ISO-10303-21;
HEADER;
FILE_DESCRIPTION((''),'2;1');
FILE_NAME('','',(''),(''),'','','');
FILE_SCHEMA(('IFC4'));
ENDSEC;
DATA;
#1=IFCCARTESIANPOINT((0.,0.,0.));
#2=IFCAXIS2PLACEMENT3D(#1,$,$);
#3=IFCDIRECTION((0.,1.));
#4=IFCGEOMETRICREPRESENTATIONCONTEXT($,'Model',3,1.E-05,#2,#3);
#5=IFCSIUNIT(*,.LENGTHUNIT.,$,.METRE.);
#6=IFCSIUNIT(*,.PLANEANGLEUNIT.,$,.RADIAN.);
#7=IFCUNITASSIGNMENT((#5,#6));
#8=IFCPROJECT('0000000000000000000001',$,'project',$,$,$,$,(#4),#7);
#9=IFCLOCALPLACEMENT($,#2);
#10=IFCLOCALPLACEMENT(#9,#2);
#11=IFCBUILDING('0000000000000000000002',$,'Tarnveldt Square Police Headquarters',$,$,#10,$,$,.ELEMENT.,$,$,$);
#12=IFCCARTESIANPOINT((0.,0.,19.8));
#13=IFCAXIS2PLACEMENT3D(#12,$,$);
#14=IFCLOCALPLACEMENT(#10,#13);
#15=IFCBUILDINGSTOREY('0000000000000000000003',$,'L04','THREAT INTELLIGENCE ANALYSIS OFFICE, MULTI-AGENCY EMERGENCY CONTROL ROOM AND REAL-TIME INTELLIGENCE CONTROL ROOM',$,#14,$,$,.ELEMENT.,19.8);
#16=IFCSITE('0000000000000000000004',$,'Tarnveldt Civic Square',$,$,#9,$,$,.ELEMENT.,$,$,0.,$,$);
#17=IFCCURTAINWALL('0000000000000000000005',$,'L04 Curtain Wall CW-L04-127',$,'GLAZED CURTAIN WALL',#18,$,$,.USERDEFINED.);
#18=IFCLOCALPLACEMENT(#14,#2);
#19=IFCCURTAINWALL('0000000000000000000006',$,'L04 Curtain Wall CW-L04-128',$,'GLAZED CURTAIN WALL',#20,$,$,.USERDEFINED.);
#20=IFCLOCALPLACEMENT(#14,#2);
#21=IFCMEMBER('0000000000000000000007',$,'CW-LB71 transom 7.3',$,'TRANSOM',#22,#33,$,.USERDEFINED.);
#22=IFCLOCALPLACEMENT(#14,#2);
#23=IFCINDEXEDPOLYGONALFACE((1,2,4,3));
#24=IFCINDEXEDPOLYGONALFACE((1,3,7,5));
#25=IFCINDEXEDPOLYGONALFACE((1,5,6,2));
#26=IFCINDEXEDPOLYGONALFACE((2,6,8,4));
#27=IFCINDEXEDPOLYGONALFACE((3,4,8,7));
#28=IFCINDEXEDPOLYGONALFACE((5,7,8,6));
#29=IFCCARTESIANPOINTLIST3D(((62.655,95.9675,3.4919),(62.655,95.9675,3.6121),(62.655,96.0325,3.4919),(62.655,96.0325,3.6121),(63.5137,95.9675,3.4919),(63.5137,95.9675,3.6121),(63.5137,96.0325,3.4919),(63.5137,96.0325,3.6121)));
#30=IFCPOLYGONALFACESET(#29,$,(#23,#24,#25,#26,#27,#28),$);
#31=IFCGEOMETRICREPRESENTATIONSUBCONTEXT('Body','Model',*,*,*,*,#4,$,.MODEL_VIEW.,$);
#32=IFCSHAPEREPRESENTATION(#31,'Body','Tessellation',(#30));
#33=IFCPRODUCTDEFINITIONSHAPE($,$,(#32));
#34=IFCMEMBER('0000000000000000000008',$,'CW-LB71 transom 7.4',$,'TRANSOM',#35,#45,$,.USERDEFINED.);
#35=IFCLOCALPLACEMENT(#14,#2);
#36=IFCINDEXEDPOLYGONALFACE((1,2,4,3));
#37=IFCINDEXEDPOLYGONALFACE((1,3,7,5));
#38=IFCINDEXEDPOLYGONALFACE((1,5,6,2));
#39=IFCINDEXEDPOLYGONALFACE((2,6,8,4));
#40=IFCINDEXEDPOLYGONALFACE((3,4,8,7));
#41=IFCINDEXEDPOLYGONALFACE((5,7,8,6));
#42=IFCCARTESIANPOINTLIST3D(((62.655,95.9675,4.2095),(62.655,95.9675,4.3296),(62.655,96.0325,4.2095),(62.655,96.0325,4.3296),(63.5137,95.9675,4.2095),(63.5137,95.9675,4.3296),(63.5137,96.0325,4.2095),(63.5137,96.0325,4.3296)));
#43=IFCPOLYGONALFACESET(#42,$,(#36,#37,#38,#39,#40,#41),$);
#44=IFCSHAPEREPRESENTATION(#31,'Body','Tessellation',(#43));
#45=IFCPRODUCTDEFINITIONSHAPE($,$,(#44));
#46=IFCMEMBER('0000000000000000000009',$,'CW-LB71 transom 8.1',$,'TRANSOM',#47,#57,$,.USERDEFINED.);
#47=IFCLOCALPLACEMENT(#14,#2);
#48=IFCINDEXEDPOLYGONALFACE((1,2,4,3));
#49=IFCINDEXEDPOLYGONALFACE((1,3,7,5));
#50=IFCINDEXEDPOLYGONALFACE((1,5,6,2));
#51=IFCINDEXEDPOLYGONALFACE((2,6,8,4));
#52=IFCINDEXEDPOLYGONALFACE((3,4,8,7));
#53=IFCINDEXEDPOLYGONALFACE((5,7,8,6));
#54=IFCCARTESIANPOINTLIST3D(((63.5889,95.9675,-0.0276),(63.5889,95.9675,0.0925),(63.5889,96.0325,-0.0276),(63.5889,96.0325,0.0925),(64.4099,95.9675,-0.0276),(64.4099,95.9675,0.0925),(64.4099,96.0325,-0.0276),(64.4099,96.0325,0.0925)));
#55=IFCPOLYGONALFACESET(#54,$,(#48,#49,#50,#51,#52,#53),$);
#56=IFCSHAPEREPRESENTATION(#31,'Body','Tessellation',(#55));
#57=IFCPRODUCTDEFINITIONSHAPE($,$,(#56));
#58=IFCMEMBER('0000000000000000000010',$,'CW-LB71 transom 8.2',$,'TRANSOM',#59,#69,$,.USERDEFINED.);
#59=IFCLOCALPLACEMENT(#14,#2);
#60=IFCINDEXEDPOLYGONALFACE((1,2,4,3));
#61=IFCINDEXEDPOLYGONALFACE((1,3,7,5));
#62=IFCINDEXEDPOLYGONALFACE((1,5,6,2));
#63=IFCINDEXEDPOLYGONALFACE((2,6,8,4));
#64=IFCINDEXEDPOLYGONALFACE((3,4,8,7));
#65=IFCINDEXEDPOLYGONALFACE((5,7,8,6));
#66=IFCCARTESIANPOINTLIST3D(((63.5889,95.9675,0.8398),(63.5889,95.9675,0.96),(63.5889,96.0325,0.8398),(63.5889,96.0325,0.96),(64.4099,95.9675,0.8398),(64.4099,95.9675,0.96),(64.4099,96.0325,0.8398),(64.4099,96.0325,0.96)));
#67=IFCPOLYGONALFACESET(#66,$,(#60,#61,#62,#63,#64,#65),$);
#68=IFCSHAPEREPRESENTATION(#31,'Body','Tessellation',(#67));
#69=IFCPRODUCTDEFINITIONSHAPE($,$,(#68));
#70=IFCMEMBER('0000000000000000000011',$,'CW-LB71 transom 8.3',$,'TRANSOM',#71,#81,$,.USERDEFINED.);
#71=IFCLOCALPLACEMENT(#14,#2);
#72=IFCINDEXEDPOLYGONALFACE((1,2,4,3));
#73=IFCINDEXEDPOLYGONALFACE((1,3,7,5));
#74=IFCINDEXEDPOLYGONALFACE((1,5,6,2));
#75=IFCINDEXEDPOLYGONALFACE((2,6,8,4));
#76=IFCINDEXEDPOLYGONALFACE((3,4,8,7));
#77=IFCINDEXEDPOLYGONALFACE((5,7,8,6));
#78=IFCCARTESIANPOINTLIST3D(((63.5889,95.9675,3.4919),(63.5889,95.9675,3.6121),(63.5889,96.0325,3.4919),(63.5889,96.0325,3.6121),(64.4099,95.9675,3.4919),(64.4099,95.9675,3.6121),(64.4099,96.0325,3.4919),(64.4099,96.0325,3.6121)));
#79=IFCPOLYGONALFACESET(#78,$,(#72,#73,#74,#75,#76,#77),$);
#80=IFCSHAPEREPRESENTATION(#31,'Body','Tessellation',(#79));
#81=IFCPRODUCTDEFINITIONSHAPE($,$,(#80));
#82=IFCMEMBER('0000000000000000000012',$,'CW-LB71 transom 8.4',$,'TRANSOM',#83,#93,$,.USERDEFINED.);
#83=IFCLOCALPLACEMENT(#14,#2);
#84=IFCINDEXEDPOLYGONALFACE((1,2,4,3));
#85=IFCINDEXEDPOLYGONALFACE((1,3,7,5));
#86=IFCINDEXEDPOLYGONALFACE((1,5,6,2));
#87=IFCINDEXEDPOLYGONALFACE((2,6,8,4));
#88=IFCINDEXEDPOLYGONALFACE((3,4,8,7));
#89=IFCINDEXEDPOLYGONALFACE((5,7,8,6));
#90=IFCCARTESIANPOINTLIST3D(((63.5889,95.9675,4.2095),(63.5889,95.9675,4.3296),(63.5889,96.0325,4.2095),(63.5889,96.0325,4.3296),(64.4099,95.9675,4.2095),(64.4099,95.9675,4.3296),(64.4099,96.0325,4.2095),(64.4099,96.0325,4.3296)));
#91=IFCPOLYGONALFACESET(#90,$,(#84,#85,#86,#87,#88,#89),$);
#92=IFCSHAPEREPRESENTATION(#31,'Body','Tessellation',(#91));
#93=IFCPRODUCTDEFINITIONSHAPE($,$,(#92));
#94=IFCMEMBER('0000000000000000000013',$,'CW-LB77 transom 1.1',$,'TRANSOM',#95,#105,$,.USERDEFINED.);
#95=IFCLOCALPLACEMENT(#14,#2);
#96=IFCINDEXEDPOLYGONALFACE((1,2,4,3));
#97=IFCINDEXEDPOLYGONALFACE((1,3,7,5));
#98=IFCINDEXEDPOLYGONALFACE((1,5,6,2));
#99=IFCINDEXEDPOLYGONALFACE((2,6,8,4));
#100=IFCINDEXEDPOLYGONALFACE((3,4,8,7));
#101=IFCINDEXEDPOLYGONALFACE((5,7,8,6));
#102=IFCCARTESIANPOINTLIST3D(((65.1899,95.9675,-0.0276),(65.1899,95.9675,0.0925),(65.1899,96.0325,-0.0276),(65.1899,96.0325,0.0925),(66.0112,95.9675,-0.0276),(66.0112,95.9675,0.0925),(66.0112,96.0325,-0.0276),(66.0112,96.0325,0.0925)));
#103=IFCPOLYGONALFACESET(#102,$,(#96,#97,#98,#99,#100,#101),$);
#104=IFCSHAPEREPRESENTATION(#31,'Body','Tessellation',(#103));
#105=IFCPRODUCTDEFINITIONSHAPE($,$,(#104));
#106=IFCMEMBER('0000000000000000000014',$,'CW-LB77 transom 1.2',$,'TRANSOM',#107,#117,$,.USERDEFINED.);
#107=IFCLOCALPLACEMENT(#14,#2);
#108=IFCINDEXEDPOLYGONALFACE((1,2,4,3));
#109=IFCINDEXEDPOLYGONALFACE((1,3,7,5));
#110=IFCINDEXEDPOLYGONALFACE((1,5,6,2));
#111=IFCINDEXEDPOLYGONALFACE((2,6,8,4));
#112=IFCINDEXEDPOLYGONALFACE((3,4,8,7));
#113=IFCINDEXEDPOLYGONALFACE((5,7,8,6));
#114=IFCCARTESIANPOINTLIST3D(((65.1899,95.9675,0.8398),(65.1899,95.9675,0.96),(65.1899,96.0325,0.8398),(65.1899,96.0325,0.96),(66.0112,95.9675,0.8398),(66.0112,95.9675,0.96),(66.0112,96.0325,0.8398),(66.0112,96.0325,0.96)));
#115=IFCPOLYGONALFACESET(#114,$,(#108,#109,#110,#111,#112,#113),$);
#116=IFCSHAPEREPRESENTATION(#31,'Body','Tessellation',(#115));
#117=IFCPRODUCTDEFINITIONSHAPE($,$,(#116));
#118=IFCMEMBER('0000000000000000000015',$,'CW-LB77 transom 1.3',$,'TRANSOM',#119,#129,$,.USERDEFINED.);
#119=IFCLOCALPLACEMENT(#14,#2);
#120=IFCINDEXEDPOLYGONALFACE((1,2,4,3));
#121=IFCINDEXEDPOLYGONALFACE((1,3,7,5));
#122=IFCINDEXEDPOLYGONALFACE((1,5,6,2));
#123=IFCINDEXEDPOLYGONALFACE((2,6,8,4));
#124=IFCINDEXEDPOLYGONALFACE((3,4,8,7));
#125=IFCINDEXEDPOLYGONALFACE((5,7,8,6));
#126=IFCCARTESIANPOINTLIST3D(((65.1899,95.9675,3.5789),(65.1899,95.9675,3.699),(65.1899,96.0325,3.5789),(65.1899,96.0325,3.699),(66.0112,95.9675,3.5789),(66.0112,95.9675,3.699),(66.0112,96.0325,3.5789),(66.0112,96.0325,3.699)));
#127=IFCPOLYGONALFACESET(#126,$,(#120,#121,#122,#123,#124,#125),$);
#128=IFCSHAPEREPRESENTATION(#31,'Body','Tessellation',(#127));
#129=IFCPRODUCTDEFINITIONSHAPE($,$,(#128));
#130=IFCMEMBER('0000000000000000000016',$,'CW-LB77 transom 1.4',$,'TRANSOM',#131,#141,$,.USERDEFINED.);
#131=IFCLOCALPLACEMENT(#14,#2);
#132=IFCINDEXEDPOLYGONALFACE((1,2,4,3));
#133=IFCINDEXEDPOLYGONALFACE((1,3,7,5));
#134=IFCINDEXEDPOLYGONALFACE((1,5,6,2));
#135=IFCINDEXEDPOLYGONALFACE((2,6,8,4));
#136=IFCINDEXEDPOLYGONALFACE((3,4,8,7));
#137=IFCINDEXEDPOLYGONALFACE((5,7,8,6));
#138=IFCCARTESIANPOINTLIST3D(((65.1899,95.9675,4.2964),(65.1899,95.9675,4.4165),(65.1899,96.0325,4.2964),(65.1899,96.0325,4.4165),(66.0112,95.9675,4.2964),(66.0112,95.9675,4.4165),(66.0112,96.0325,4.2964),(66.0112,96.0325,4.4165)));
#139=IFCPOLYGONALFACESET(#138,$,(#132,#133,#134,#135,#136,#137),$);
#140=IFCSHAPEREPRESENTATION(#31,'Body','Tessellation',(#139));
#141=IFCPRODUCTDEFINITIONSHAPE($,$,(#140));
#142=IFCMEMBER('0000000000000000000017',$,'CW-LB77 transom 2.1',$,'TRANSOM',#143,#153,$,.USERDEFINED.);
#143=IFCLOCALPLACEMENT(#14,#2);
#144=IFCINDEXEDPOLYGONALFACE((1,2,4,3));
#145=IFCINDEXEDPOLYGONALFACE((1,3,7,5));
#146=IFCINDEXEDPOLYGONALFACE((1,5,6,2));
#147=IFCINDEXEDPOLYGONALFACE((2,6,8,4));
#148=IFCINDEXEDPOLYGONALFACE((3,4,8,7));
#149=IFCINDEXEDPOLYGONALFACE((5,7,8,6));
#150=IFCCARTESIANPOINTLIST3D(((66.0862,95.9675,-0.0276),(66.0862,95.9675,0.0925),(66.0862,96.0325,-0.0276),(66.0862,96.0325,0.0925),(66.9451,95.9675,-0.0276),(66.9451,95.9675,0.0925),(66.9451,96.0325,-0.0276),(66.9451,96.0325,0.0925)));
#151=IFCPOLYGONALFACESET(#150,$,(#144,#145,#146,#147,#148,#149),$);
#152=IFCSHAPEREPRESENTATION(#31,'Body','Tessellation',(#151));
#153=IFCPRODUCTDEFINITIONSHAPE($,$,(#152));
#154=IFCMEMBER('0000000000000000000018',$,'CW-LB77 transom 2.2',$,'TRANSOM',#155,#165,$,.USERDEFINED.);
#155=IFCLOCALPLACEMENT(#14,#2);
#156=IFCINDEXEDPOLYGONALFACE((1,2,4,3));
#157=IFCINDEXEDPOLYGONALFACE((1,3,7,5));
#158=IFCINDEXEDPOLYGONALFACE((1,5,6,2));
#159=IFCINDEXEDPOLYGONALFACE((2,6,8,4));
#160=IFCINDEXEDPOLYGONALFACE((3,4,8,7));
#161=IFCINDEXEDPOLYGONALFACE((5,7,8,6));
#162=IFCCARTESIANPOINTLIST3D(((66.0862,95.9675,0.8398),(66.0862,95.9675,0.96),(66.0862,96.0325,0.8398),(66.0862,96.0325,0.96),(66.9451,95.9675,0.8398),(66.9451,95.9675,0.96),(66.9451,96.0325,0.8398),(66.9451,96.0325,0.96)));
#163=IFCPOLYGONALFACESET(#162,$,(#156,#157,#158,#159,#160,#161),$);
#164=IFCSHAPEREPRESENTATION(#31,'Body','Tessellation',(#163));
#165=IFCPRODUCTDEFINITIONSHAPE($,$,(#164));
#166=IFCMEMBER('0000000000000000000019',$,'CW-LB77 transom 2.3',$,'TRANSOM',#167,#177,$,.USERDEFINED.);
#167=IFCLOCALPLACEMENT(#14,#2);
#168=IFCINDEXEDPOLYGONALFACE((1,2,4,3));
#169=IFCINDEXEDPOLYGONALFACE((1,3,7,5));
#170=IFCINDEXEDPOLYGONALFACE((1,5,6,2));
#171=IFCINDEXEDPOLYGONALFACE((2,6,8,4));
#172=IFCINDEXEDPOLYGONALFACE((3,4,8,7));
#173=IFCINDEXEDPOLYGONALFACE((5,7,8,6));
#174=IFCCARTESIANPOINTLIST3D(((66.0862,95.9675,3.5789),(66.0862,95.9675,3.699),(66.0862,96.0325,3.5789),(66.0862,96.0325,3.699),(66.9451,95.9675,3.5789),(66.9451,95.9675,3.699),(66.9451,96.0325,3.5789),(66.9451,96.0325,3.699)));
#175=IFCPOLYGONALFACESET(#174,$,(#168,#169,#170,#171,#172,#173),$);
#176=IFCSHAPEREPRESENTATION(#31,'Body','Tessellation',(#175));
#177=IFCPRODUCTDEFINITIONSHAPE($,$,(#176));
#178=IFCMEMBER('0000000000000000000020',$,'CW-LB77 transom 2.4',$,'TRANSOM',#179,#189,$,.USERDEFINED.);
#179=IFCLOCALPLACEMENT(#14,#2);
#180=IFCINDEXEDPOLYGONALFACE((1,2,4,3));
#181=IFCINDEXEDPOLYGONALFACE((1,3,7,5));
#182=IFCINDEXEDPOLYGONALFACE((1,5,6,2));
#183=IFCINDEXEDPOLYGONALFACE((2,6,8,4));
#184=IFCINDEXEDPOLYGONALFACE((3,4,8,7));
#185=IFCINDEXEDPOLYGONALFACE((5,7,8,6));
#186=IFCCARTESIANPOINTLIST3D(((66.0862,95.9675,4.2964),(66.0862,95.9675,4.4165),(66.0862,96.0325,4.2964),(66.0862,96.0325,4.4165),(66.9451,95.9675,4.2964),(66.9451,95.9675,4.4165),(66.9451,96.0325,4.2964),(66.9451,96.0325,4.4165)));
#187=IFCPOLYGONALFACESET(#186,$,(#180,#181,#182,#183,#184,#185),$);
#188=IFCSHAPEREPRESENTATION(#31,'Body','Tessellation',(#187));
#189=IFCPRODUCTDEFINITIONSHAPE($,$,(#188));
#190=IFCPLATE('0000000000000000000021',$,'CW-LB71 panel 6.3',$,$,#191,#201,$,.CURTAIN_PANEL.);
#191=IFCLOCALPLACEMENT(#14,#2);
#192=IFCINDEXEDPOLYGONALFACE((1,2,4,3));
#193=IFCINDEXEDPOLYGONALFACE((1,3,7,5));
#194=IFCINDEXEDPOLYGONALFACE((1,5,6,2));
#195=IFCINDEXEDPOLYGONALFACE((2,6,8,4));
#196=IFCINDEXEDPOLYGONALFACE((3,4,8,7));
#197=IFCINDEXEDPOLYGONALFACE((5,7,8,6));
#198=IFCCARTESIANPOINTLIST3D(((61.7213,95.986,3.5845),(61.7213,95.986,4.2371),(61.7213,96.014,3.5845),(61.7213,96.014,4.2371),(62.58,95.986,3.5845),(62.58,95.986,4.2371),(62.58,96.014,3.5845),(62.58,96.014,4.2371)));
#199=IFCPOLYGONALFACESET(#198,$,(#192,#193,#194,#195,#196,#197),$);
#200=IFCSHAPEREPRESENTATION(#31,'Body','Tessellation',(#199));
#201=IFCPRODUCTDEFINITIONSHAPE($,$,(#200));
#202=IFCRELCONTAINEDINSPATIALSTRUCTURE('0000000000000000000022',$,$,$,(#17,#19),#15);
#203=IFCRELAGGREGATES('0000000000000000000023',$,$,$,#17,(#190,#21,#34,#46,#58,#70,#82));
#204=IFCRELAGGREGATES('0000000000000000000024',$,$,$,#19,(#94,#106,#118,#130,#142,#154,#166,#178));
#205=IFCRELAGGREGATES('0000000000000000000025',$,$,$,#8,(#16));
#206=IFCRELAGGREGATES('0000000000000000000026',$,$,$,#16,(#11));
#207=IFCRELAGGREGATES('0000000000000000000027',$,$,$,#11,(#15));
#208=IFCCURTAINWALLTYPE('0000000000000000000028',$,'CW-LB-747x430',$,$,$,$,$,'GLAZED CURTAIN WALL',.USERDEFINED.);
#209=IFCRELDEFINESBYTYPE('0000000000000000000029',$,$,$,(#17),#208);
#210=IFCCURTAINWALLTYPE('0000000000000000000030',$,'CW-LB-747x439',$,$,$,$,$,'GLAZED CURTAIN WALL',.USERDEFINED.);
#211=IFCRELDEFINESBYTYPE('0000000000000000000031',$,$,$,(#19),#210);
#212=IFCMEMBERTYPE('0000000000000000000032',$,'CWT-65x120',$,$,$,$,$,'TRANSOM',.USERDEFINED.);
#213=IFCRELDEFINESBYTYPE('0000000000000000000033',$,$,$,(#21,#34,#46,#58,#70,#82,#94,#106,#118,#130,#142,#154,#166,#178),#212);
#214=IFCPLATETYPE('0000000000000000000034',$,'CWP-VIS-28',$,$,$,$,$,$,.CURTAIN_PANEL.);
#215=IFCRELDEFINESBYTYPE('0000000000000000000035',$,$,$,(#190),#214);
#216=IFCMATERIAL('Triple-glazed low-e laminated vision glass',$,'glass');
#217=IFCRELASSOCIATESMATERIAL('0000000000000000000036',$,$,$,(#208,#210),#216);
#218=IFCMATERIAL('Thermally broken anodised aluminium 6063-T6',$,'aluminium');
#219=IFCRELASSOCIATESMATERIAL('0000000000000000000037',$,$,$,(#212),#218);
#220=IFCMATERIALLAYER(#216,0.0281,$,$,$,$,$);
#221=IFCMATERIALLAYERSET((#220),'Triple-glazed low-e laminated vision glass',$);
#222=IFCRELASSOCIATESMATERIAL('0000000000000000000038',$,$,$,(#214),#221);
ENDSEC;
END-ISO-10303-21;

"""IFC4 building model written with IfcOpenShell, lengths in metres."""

from ifc_helpers import new_model, si_unit, direction, frame, origin, origin_2d, place, context, subcontext, project, spatial, rectangle, extrude, material, layer, layer_set, material_profile, profile_set, type_object, element, aggregate, save


model = new_model("IFC4")

# Units and contexts
model_context = context("Model", 3, precision=1e-05, world=origin(), true_north=direction((0.0, 1.0)))
body_context = subcontext(model_context, "Body", "Model", "MODEL_VIEW")
ifc_project = project(units=[si_unit("LENGTHUNIT", "METRE"), si_unit("PLANEANGLEUNIT", "RADIAN")], contexts=[model_context])

# Site, building, storey
site_placement = place(None, origin())
site = spatial("IfcSite", under=ifc_project, at=site_placement, Name="Tarnveldt Civic Square", CompositionType="ELEMENT", RefElevation=0.0)
building_placement = place(site_placement, origin())
building = spatial("IfcBuilding", under=site, at=building_placement, Name="Tarnveldt Square Police Headquarters", CompositionType="ELEMENT")
storey_placement = place(building_placement, frame((0.0, 0.0, 19.8)))
storey = spatial("IfcBuildingStorey", under=building, at=storey_placement, Name="L04", Description="THREAT INTELLIGENCE ANALYSIS OFFICE, MULTI-AGENCY EMERGENCY CONTROL ROOM AND REAL-TIME INTELLIGENCE CONTROL ROOM", CompositionType="ELEMENT", Elevation=19.8)

# Curtain walls
ifc_material_1 = material(Name="Triple-glazed low-e laminated vision glass", Category="glass")
curtain_wall_type_1 = type_object("IfcCurtainWallType", Name="CW-LB-747x430", ElementType="GLAZED CURTAIN WALL", PredefinedType="USERDEFINED", material=ifc_material_1)
curtain_wall_1_placement = place(storey_placement, origin())
curtain_wall_1 = element("IfcCurtainWall", 1, at=curtain_wall_1_placement, inside=storey, type_object=curtain_wall_type_1, Name="L04 Curtain Wall CW-L04-127", ObjectType="GLAZED CURTAIN WALL", PredefinedType="USERDEFINED")
ifc_material_2 = material(Name="Thermally broken anodised aluminium 6063-T6", Category="aluminium")
curtain_wall_type_2 = type_object("IfcCurtainWallType", Name="CW-LB-747x439", ElementType="GLAZED CURTAIN WALL", PredefinedType="USERDEFINED", material=ifc_material_1)
curtain_wall_2_placement = place(storey_placement, origin())
curtain_wall_2 = element("IfcCurtainWall", 2, at=curtain_wall_2_placement, inside=storey, type_object=curtain_wall_type_2, Name="L04 Curtain Wall CW-L04-128", ObjectType="GLAZED CURTAIN WALL", PredefinedType="USERDEFINED")

# Members
ifc_material_profile_1 = material_profile(ifc_material_2, rectangle(XDim=0.0649, YDim=0.1201, at=origin_2d()), Name="CW-T65x120")
ifc_profile_set_1 = profile_set([ifc_material_profile_1], Name="Thermally broken anodised aluminium 6063-T6")
member_type_1 = type_object("IfcMemberType", Name="CWT-65x120", ElementType="TRANSOM", PredefinedType="USERDEFINED", material=ifc_profile_set_1)
member_1_placement = place(storey_placement, frame((62.655, 96.0, 3.552), z_axis=(1.0, 0.0, 0.0), x_axis=(0.0, 1.0, 0.0)))
member_1 = element("IfcMember", 3, at=member_1_placement, type_object=member_type_1, Name="CW-LB71 transom 7.3", ObjectType="TRANSOM", PredefinedType="USERDEFINED", context=body_context, shape_type="SweptSolid", body=[
    extrude(rectangle(XDim=0.0649, YDim=0.1201, at=origin_2d()), origin(), (0.0, 0.0, 1.0), 0.8586),
])
member_2_placement = place(storey_placement, frame((62.655, 96.0, 4.2695), z_axis=(1.0, 0.0, 0.0), x_axis=(0.0, 1.0, 0.0)))
member_2 = element("IfcMember", 4, at=member_2_placement, type_object=member_type_1, Name="CW-LB71 transom 7.4", ObjectType="TRANSOM", PredefinedType="USERDEFINED", context=body_context, shape_type="SweptSolid", body=[
    extrude(rectangle(XDim=0.0649, YDim=0.1201, at=origin_2d()), origin(), (0.0, 0.0, 1.0), 0.8586),
])
member_3_placement = place(storey_placement, frame((63.5889, 96.0, 0.0325), z_axis=(1.0, 0.0, 0.0), x_axis=(0.0, 1.0, 0.0)))
member_3 = element("IfcMember", 5, at=member_3_placement, type_object=member_type_1, Name="CW-LB71 transom 8.1", ObjectType="TRANSOM", PredefinedType="USERDEFINED", context=body_context, shape_type="SweptSolid", body=[
    extrude(rectangle(XDim=0.0649, YDim=0.1201, at=origin_2d()), origin(), (0.0, 0.0, 1.0), 0.821),
])
member_4_placement = place(storey_placement, frame((63.5889, 96.0, 0.8999), z_axis=(1.0, 0.0, 0.0), x_axis=(0.0, 1.0, 0.0)))
member_4 = element("IfcMember", 6, at=member_4_placement, type_object=member_type_1, Name="CW-LB71 transom 8.2", ObjectType="TRANSOM", PredefinedType="USERDEFINED", context=body_context, shape_type="SweptSolid", body=[
    extrude(rectangle(XDim=0.0649, YDim=0.1201, at=origin_2d()), origin(), (0.0, 0.0, 1.0), 0.821),
])
member_5_placement = place(storey_placement, frame((63.5889, 96.0, 3.552), z_axis=(1.0, 0.0, 0.0), x_axis=(0.0, 1.0, 0.0)))
member_5 = element("IfcMember", 7, at=member_5_placement, type_object=member_type_1, Name="CW-LB71 transom 8.3", ObjectType="TRANSOM", PredefinedType="USERDEFINED", context=body_context, shape_type="SweptSolid", body=[
    extrude(rectangle(XDim=0.0649, YDim=0.1201, at=origin_2d()), origin(), (0.0, 0.0, 1.0), 0.821),
])
member_6_placement = place(storey_placement, frame((63.5889, 96.0, 4.2695), z_axis=(1.0, 0.0, 0.0), x_axis=(0.0, 1.0, 0.0)))
member_6 = element("IfcMember", 8, at=member_6_placement, type_object=member_type_1, Name="CW-LB71 transom 8.4", ObjectType="TRANSOM", PredefinedType="USERDEFINED", context=body_context, shape_type="SweptSolid", body=[
    extrude(rectangle(XDim=0.0649, YDim=0.1201, at=origin_2d()), origin(), (0.0, 0.0, 1.0), 0.821),
])
member_7_placement = place(storey_placement, frame((65.1899, 96.0, 0.0325), z_axis=(1.0, 0.0, 0.0), x_axis=(0.0, 1.0, 0.0)))
member_7 = element("IfcMember", 9, at=member_7_placement, type_object=member_type_1, Name="CW-LB77 transom 1.1", ObjectType="TRANSOM", PredefinedType="USERDEFINED", context=body_context, shape_type="SweptSolid", body=[
    extrude(rectangle(XDim=0.0649, YDim=0.1201, at=origin_2d()), origin(), (0.0, 0.0, 1.0), 0.8213),
])
member_8_placement = place(storey_placement, frame((65.1899, 96.0, 0.8999), z_axis=(1.0, 0.0, 0.0), x_axis=(0.0, 1.0, 0.0)))
member_8 = element("IfcMember", 10, at=member_8_placement, type_object=member_type_1, Name="CW-LB77 transom 1.2", ObjectType="TRANSOM", PredefinedType="USERDEFINED", context=body_context, shape_type="SweptSolid", body=[
    extrude(rectangle(XDim=0.0649, YDim=0.1201, at=origin_2d()), origin(), (0.0, 0.0, 1.0), 0.8213),
])
member_9_placement = place(storey_placement, frame((65.1899, 96.0, 3.6389), z_axis=(1.0, 0.0, 0.0), x_axis=(0.0, 1.0, 0.0)))
member_9 = element("IfcMember", 11, at=member_9_placement, type_object=member_type_1, Name="CW-LB77 transom 1.3", ObjectType="TRANSOM", PredefinedType="USERDEFINED", context=body_context, shape_type="SweptSolid", body=[
    extrude(rectangle(XDim=0.0649, YDim=0.1201, at=origin_2d()), origin(), (0.0, 0.0, 1.0), 0.8213),
])
member_10_placement = place(storey_placement, frame((65.1899, 96.0, 4.3564), z_axis=(1.0, 0.0, 0.0), x_axis=(0.0, 1.0, 0.0)))
member_10 = element("IfcMember", 12, at=member_10_placement, type_object=member_type_1, Name="CW-LB77 transom 1.4", ObjectType="TRANSOM", PredefinedType="USERDEFINED", context=body_context, shape_type="SweptSolid", body=[
    extrude(rectangle(XDim=0.0649, YDim=0.1201, at=origin_2d()), origin(), (0.0, 0.0, 1.0), 0.8213),
])
member_11_placement = place(storey_placement, frame((66.0862, 96.0, 0.0325), z_axis=(1.0, 0.0, 0.0), x_axis=(0.0, 1.0, 0.0)))
member_11 = element("IfcMember", 13, at=member_11_placement, type_object=member_type_1, Name="CW-LB77 transom 2.1", ObjectType="TRANSOM", PredefinedType="USERDEFINED", context=body_context, shape_type="SweptSolid", body=[
    extrude(rectangle(XDim=0.0649, YDim=0.1201, at=origin_2d()), origin(), (0.0, 0.0, 1.0), 0.8589),
])
member_12_placement = place(storey_placement, frame((66.0862, 96.0, 0.8999), z_axis=(1.0, 0.0, 0.0), x_axis=(0.0, 1.0, 0.0)))
member_12 = element("IfcMember", 14, at=member_12_placement, type_object=member_type_1, Name="CW-LB77 transom 2.2", ObjectType="TRANSOM", PredefinedType="USERDEFINED", context=body_context, shape_type="SweptSolid", body=[
    extrude(rectangle(XDim=0.0649, YDim=0.1201, at=origin_2d()), origin(), (0.0, 0.0, 1.0), 0.8589),
])
member_13_placement = place(storey_placement, frame((66.0862, 96.0, 3.6389), z_axis=(1.0, 0.0, 0.0), x_axis=(0.0, 1.0, 0.0)))
member_13 = element("IfcMember", 15, at=member_13_placement, type_object=member_type_1, Name="CW-LB77 transom 2.3", ObjectType="TRANSOM", PredefinedType="USERDEFINED", context=body_context, shape_type="SweptSolid", body=[
    extrude(rectangle(XDim=0.0649, YDim=0.1201, at=origin_2d()), origin(), (0.0, 0.0, 1.0), 0.8589),
])
member_14_placement = place(storey_placement, frame((66.0862, 96.0, 4.3564), z_axis=(1.0, 0.0, 0.0), x_axis=(0.0, 1.0, 0.0)))
member_14 = element("IfcMember", 16, at=member_14_placement, type_object=member_type_1, Name="CW-LB77 transom 2.4", ObjectType="TRANSOM", PredefinedType="USERDEFINED", context=body_context, shape_type="SweptSolid", body=[
    extrude(rectangle(XDim=0.0649, YDim=0.1201, at=origin_2d()), origin(), (0.0, 0.0, 1.0), 0.8589),
])

# Plate
ifc_layer = layer(ifc_material_1, 0.0281)
ifc_layer_set = layer_set([ifc_layer], Name="Triple-glazed low-e laminated vision glass")
plate_type = type_object("IfcPlateType", Name="CWP-VIS-28", PredefinedType="CURTAIN_PANEL", material=ifc_layer_set)
plate_1_placement = place(storey_placement, frame((62.1506, 96.0, 3.5845), z_axis=(0.0, 0.0, 1.0), x_axis=(1.0, 0.0, 0.0)))
plate_1 = element("IfcPlate", 17, at=plate_1_placement, type_object=plate_type, Name="CW-LB71 panel 6.3", PredefinedType="CURTAIN_PANEL", context=body_context, shape_type="SweptSolid", body=[
    extrude(rectangle(XDim=0.8586, YDim=0.0281, at=origin_2d()), origin(), (0.0, 0.0, 1.0), 0.6526),
])
aggregate(curtain_wall_1, [plate_1, member_1, member_2, member_3, member_4, member_5, member_6])
aggregate(curtain_wall_2, [member_7, member_8, member_9, member_10, member_11, member_12, member_13, member_14])

save(model, "model.ifc")
